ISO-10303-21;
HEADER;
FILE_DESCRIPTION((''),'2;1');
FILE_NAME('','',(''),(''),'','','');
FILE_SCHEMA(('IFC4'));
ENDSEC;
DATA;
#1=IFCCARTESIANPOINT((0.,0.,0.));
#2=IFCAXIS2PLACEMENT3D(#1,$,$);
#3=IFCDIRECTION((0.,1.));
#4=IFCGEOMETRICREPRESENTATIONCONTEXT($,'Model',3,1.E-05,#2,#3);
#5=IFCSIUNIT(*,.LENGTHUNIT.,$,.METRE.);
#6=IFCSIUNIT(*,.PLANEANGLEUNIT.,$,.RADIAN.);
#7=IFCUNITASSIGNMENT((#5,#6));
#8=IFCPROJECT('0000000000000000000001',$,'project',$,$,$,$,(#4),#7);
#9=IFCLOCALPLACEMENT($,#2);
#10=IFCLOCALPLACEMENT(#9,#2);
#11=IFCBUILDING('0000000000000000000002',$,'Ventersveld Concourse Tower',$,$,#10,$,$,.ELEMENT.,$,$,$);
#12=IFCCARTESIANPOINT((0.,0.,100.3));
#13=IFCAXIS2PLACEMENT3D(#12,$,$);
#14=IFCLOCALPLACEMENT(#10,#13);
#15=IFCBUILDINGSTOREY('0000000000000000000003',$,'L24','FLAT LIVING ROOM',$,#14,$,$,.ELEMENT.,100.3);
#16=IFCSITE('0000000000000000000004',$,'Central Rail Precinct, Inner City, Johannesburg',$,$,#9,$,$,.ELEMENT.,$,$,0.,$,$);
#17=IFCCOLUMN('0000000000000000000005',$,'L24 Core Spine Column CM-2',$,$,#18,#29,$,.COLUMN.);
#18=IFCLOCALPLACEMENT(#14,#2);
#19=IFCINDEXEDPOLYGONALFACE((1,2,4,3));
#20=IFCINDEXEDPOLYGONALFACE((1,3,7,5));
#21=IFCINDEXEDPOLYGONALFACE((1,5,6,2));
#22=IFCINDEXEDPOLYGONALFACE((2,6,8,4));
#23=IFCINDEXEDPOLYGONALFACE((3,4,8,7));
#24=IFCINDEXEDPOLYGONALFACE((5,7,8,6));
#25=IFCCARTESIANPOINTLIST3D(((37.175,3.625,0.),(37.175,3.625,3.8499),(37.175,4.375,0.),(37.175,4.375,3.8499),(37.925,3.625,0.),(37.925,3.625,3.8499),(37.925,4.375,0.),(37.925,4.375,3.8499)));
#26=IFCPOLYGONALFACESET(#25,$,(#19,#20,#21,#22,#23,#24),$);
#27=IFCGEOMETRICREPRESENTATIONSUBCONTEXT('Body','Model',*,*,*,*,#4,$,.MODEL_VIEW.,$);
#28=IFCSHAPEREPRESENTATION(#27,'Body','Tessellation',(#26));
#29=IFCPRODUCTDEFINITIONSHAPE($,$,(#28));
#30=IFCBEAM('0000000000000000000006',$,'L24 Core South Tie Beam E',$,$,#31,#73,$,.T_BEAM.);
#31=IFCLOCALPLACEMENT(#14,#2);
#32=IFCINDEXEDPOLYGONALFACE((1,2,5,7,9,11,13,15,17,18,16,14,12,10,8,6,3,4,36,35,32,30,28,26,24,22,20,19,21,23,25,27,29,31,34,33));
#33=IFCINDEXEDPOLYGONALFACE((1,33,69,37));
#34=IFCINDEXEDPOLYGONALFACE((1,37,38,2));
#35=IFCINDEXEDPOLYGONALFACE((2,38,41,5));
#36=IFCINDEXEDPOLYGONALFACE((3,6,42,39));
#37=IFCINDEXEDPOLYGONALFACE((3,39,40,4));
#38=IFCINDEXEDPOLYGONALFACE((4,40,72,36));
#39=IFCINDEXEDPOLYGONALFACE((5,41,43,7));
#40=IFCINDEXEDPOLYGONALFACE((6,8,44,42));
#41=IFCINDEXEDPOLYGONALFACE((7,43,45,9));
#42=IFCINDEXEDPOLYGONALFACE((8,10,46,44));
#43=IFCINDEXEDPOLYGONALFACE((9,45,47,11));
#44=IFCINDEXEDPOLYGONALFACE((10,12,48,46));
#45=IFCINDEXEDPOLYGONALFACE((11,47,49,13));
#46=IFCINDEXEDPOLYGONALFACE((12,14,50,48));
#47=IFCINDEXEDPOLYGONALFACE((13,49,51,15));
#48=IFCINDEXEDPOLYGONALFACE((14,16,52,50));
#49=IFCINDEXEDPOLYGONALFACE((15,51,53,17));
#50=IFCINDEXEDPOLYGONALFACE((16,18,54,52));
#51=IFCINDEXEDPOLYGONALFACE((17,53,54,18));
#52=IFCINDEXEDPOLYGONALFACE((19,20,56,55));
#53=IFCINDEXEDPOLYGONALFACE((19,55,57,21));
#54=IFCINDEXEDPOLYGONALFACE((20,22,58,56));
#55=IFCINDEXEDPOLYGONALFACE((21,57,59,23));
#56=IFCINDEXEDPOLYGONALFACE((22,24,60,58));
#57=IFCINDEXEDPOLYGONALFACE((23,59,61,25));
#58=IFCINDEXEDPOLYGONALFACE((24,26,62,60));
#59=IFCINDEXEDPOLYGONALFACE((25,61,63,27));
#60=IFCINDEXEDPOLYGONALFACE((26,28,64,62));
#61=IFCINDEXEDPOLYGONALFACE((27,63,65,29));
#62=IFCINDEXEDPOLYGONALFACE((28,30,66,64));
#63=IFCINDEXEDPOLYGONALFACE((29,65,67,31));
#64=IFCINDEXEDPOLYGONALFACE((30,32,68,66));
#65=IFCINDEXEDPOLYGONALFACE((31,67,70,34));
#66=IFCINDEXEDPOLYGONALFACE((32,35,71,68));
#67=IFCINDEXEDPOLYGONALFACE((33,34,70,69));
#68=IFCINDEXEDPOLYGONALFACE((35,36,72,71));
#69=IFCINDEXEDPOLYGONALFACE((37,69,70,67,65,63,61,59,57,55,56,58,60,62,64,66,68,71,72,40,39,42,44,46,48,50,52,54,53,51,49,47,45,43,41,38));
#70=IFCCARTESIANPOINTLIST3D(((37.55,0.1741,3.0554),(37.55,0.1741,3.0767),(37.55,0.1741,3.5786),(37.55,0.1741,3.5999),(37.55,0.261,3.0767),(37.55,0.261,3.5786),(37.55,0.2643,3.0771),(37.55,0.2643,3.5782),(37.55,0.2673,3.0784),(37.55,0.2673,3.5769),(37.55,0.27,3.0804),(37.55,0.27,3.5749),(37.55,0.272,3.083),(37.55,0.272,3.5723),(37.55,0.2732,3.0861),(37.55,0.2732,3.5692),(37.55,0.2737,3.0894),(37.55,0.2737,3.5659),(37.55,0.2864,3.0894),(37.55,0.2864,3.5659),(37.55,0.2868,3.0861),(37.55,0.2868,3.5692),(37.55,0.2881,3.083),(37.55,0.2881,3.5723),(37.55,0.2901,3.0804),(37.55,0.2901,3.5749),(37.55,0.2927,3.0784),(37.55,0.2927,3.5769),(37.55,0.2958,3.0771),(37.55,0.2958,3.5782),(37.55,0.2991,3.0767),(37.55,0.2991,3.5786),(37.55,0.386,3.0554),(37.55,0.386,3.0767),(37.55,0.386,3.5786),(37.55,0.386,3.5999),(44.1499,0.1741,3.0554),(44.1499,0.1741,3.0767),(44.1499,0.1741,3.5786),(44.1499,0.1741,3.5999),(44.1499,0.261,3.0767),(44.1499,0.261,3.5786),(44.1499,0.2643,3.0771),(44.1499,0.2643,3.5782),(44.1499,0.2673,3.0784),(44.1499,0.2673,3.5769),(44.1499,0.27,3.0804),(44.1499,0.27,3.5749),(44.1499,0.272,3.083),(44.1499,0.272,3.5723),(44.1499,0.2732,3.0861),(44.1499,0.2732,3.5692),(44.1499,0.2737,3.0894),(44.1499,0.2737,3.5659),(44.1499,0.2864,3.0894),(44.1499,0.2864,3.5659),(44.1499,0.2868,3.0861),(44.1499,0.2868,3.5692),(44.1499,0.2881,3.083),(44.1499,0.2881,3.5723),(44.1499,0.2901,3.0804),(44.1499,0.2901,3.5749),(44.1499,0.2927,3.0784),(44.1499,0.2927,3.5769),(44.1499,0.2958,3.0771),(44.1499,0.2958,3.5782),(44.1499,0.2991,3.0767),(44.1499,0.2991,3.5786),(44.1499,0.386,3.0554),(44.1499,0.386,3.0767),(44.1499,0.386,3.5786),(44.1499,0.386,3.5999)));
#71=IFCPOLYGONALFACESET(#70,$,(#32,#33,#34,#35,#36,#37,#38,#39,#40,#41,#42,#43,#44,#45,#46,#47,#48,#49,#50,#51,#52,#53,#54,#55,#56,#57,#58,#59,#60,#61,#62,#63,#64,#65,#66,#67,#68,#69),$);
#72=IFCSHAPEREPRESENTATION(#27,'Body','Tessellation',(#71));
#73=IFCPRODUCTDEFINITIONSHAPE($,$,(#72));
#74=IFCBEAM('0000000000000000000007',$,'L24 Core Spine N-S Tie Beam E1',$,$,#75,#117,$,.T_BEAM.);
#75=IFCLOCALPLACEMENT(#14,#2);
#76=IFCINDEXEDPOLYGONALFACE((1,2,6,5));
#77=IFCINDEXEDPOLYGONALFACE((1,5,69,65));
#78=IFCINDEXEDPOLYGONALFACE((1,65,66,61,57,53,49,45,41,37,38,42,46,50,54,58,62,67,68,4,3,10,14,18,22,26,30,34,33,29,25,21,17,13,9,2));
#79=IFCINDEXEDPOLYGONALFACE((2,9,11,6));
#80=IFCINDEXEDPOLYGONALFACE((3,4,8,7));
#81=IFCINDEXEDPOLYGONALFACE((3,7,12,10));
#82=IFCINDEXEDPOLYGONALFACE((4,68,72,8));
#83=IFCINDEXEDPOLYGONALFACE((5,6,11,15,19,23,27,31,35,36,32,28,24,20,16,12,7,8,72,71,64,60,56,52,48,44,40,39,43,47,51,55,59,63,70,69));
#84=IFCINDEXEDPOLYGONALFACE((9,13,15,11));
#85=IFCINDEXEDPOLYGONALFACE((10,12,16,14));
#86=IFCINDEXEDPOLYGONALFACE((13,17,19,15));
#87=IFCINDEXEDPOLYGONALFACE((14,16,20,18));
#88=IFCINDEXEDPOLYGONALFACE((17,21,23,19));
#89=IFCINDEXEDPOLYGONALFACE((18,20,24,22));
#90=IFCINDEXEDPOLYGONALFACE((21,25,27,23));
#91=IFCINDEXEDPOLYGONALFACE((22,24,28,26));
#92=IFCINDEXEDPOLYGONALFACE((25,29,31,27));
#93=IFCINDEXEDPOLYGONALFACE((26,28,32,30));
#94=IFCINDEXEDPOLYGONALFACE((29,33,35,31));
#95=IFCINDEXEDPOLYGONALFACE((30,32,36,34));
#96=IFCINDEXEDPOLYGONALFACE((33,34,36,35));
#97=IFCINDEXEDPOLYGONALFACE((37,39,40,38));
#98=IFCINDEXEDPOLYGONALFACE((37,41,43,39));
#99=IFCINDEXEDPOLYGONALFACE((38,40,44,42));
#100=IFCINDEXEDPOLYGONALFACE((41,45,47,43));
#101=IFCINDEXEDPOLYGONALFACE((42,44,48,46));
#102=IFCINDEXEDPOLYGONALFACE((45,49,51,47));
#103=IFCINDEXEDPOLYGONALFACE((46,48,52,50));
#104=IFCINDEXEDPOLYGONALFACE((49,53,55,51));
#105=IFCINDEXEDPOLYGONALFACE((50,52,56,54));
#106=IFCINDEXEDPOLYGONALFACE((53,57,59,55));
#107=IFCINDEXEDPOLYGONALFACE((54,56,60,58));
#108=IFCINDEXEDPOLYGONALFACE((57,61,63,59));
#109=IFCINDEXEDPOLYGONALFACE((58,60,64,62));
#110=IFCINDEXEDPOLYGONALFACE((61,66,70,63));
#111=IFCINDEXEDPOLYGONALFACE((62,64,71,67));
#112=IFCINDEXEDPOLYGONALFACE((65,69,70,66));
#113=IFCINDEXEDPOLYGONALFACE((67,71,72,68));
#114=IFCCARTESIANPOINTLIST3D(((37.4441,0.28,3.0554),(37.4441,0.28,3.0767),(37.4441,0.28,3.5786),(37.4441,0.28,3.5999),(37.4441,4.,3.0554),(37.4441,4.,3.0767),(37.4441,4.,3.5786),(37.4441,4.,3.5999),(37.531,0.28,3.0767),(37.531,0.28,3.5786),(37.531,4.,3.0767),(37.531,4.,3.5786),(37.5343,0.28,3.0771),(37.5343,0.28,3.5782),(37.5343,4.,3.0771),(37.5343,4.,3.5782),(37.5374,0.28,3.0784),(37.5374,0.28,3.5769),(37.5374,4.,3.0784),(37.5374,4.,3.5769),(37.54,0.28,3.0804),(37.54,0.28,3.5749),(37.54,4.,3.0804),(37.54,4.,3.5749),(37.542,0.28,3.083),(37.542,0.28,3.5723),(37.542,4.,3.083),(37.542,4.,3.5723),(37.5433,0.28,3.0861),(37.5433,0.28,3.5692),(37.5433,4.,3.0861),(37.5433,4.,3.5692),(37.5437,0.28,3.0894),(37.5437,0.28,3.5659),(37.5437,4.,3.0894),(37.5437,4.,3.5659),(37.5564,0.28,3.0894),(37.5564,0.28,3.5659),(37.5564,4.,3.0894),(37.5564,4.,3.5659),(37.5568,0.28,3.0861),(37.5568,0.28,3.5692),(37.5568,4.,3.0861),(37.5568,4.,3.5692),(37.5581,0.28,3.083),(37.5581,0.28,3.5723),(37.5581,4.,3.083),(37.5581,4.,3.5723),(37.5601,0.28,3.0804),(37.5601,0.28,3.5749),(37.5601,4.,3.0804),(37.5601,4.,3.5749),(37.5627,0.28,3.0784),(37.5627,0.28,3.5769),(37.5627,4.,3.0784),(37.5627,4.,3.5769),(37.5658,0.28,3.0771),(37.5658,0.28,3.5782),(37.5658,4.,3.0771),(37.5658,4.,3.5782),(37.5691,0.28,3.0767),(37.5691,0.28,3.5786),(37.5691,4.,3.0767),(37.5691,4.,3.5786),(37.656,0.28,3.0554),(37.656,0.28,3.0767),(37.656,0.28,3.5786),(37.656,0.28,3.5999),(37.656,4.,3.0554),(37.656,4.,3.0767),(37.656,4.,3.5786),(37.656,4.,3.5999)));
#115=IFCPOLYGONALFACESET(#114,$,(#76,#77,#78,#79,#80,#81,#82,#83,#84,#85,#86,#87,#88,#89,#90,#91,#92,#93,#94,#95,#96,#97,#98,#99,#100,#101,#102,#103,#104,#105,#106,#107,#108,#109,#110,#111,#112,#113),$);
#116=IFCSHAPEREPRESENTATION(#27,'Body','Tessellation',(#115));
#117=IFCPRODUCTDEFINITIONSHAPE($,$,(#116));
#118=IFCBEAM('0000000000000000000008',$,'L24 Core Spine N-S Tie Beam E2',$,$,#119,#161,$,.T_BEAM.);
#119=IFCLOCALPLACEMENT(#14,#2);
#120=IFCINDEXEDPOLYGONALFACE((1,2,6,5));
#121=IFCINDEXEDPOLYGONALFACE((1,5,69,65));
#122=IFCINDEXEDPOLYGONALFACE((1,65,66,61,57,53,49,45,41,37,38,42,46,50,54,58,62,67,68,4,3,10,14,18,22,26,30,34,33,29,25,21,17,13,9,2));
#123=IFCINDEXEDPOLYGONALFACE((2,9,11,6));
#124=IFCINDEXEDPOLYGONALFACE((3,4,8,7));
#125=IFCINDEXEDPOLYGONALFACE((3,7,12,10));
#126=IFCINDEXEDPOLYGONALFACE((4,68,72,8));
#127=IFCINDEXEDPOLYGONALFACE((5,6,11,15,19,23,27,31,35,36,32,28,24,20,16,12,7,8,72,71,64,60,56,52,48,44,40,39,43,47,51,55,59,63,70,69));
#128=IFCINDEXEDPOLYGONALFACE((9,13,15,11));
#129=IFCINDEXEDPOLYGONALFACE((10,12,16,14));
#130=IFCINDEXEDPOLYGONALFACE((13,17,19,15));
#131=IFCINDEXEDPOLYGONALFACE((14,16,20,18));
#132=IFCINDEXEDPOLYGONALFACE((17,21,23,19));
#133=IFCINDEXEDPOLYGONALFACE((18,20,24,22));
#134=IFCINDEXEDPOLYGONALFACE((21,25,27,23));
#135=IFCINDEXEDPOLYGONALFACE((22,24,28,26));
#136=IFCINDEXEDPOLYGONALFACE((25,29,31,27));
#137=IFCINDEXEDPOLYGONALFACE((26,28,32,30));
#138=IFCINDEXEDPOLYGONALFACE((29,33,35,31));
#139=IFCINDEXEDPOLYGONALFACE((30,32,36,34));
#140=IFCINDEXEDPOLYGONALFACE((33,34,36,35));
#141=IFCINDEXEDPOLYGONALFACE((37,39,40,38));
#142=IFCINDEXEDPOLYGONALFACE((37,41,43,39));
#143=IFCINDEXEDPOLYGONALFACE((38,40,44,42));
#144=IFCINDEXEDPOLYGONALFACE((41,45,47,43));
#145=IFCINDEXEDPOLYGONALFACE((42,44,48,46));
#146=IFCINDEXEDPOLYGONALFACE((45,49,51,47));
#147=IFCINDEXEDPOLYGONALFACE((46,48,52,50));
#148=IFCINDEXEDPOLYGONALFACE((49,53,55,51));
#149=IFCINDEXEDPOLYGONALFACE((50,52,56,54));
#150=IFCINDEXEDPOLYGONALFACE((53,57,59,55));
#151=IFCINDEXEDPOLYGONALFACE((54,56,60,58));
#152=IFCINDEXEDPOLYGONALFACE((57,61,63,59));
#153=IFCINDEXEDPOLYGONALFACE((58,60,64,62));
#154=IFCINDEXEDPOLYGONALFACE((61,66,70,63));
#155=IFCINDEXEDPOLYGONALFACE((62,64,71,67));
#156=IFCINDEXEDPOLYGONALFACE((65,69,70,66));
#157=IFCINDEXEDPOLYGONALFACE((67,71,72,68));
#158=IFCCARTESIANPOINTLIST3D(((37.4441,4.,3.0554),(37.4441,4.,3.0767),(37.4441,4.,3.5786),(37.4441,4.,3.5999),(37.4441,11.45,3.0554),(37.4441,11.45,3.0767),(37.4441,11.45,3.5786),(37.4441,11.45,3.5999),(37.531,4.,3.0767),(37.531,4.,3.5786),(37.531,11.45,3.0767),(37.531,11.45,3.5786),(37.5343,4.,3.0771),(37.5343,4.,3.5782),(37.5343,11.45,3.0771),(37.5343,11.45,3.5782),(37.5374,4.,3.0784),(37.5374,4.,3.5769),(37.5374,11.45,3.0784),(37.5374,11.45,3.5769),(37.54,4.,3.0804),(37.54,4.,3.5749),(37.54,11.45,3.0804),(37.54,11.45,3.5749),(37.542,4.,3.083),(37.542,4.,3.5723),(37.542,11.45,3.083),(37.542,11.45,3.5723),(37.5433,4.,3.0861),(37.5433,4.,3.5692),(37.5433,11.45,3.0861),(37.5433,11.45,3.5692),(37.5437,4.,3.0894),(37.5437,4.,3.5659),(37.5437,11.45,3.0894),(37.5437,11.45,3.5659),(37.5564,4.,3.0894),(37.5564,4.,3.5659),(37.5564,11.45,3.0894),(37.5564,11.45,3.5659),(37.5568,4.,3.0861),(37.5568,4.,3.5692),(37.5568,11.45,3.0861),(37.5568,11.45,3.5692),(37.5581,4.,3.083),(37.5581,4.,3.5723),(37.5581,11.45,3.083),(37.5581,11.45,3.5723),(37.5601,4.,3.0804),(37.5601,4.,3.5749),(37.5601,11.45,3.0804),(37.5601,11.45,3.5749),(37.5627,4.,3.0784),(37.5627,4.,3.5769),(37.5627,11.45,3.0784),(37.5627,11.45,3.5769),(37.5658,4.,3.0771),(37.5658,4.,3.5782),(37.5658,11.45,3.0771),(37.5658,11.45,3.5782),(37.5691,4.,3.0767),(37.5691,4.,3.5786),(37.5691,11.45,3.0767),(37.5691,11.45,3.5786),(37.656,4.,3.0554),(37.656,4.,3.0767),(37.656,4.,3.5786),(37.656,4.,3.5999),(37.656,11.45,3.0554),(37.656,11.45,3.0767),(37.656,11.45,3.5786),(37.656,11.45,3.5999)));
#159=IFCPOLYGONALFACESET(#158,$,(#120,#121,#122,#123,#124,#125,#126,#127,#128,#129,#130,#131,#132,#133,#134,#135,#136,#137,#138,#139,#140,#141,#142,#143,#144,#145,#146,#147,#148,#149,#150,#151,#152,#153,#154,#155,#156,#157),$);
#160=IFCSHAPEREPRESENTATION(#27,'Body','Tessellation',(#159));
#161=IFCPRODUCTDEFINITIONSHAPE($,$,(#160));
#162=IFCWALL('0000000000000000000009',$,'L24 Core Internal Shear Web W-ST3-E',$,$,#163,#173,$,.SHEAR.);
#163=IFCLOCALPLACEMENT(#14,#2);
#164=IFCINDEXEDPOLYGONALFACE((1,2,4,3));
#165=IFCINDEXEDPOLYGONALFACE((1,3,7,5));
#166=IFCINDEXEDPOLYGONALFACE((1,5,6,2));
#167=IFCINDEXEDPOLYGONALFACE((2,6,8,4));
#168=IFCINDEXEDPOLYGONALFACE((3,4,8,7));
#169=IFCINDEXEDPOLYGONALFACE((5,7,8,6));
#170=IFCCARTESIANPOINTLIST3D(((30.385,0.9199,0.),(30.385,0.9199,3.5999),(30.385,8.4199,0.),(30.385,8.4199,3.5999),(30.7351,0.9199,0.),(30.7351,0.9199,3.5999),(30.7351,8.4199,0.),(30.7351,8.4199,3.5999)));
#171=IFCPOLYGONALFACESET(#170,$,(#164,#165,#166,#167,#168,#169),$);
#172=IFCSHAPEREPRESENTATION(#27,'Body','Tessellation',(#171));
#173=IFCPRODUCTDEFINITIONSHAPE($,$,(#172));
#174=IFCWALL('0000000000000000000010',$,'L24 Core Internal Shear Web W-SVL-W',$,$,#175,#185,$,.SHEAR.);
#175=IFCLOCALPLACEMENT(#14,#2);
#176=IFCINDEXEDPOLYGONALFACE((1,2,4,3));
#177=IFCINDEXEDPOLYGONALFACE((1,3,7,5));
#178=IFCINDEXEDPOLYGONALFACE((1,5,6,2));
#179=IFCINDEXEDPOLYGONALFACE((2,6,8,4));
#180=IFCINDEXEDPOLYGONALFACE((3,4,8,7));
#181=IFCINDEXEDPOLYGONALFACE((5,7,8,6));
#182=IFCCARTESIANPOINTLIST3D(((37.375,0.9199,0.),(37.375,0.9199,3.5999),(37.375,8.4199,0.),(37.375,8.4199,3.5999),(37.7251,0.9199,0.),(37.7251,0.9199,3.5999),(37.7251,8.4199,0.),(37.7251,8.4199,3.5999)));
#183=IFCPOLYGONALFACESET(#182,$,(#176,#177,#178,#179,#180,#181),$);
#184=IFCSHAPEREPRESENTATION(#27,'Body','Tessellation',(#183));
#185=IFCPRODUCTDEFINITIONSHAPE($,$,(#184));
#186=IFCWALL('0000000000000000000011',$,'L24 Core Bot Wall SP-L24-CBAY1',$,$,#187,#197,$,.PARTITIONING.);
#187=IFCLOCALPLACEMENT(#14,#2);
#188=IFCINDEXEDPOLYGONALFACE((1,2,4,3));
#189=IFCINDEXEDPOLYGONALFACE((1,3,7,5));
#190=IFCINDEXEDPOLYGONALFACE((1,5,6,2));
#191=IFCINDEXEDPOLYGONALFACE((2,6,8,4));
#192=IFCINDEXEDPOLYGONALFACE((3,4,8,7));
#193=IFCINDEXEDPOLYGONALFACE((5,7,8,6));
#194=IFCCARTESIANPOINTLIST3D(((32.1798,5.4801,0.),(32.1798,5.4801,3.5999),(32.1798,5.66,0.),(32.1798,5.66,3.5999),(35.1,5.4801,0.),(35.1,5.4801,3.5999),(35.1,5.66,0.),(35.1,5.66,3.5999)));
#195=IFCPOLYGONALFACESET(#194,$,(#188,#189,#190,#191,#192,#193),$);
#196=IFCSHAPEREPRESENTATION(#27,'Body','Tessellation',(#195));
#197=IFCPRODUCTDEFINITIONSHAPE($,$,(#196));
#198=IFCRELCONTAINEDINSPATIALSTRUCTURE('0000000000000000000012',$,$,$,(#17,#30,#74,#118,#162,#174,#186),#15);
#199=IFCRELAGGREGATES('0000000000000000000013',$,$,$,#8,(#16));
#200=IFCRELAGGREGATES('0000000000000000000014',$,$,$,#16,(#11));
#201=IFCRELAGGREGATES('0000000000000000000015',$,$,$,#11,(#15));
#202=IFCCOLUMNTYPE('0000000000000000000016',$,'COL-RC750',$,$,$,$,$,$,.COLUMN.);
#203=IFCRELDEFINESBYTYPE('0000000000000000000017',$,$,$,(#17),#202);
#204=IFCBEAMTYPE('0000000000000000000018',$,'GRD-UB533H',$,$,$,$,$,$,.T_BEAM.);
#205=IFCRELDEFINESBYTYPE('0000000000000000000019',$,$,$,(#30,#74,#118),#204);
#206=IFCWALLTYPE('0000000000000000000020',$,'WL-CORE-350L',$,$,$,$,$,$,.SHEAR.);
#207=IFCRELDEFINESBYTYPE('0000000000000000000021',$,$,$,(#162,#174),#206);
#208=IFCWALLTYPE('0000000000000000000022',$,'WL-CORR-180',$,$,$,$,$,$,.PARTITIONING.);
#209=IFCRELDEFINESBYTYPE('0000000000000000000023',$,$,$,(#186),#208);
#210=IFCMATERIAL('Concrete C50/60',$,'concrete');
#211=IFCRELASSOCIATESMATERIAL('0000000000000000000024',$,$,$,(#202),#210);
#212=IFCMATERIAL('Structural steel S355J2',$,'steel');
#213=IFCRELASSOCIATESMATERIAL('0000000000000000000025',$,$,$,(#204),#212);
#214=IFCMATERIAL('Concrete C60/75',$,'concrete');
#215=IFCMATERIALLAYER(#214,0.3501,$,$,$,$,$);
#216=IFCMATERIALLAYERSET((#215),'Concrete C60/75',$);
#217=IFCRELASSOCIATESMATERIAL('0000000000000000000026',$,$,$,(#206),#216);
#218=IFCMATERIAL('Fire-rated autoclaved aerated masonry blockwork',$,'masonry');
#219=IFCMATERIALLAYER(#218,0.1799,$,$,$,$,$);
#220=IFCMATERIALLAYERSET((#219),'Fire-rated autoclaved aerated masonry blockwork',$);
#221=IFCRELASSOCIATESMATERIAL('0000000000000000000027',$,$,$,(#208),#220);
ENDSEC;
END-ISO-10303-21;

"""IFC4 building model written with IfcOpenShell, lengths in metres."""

from ifc_helpers import new_model, si_unit, direction, frame, frame_2d, origin, origin_2d, place, context, subcontext, project, spatial, rectangle, i_section, extrude, material, layer, layer_set, material_profile, profile_set, type_object, element, save


model = new_model("IFC4")

# Units and contexts
model_context = context("Model", 3, precision=1e-05, world=origin(), true_north=direction((0.0, 1.0)))
body_context = subcontext(model_context, "Body", "Model", "MODEL_VIEW")
ifc_project = project(units=[si_unit("LENGTHUNIT", "METRE"), si_unit("PLANEANGLEUNIT", "RADIAN")], contexts=[model_context])

# Site, building, storey
site_placement = place(None, origin())
site = spatial("IfcSite", under=ifc_project, at=site_placement, Name="Central Rail Precinct, Inner City, Johannesburg", CompositionType="ELEMENT", RefElevation=0.0)
building_placement = place(site_placement, origin())
building = spatial("IfcBuilding", under=site, at=building_placement, Name="Ventersveld Concourse Tower", CompositionType="ELEMENT")
storey_placement = place(building_placement, frame((0.0, 0.0, 100.3)))
storey = spatial("IfcBuildingStorey", under=building, at=storey_placement, Name="L24", Description="FLAT LIVING ROOM", CompositionType="ELEMENT", Elevation=100.3)

# Column
ifc_material_1 = material(Name="Concrete C50/60", Category="concrete")
ifc_material_profile_1 = material_profile(ifc_material_1, rectangle(XDim=0.75, YDim=0.75, at=origin_2d()), Name="RC 750x750")
ifc_profile_set_1 = profile_set([ifc_material_profile_1], Name="Concrete C50/60")
column_type = type_object("IfcColumnType", Name="COL-RC750", PredefinedType="COLUMN", material=ifc_profile_set_1)
column_placement = place(storey_placement, frame((37.55, 4.0, 0.0), z_axis=(0.0, 0.0, 1.0), x_axis=(1.0, 0.0, 0.0)))
element("IfcColumn", 1, at=column_placement, inside=storey, type_object=column_type, Name="L24 Core Spine Column CM-2", PredefinedType="COLUMN", context=body_context, shape_type="SweptSolid", body=[
    extrude(rectangle(XDim=0.75, YDim=0.75, at=origin_2d()), origin(), (0.0, 0.0, 1.0), 3.8499),
])

# Beams
ifc_material_2 = material(Name="Structural steel S355J2", Category="steel")
ifc_material_profile_2 = material_profile(ifc_material_2, i_section(OverallWidth=0.2119, OverallDepth=0.5444, WebThickness=0.0127, FlangeThickness=0.0212, FilletRadius=0.0127, at=origin_2d()), Name="UB 533x210x122")
ifc_profile_set_2 = profile_set([ifc_material_profile_2], Name="Structural steel S355J2")
beam_type = type_object("IfcBeamType", Name="GRD-UB533H", PredefinedType="T_BEAM", material=ifc_profile_set_2)
beam_1_placement = place(storey_placement, frame((37.55, 0.28, 3.3276), z_axis=(1.0, 0.0, 0.0), x_axis=(0.0, 1.0, 0.0)))
element("IfcBeam", 2, at=beam_1_placement, inside=storey, type_object=beam_type, Name="L24 Core South Tie Beam E", PredefinedType="T_BEAM", context=body_context, shape_type="SweptSolid", body=[
    extrude(i_section(OverallWidth=0.2119, OverallDepth=0.5444, WebThickness=0.0127, FlangeThickness=0.0212, FilletRadius=0.0127, at=origin_2d()), origin(), (0.0, 0.0, 1.0), 6.5999),
])
beam_2_placement = place(storey_placement, frame((37.55, 0.28, 3.3276), z_axis=(0.0, 1.0, 0.0), x_axis=(-1.0, 0.0, 0.0)))
element("IfcBeam", 3, at=beam_2_placement, inside=storey, type_object=beam_type, Name="L24 Core Spine N-S Tie Beam E1", PredefinedType="T_BEAM", context=body_context, shape_type="SweptSolid", body=[
    extrude(i_section(OverallWidth=0.2119, OverallDepth=0.5444, WebThickness=0.0127, FlangeThickness=0.0212, FilletRadius=0.0127, at=origin_2d()), origin(), (0.0, 0.0, 1.0), 3.72),
])
beam_3_placement = place(storey_placement, frame((37.55, 4.0, 3.3276), z_axis=(0.0, 1.0, 0.0), x_axis=(-1.0, 0.0, 0.0)))
element("IfcBeam", 4, at=beam_3_placement, inside=storey, type_object=beam_type, Name="L24 Core Spine N-S Tie Beam E2", PredefinedType="T_BEAM", context=body_context, shape_type="SweptSolid", body=[
    extrude(i_section(OverallWidth=0.2119, OverallDepth=0.5444, WebThickness=0.0127, FlangeThickness=0.0212, FilletRadius=0.0127, at=origin_2d()), origin(), (0.0, 0.0, 1.0), 7.45),
])

# Walls
ifc_material_3 = material(Name="Concrete C60/75", Category="concrete")
ifc_layer_1 = layer(ifc_material_3, 0.3501)
ifc_layer_set_1 = layer_set([ifc_layer_1], Name="Concrete C60/75")
wall_type_1 = type_object("IfcWallType", Name="WL-CORE-350L", PredefinedType="SHEAR", material=ifc_layer_set_1)
for number, where, z_axis, x_axis, name in (
    (5, (30.5601, 0.9199, 0.0), (0.0, 0.0, 1.0), (0.0, 1.0, 0.0), "L24 Core Internal Shear Web W-ST3-E"),
    (6, (37.55, 0.9199, 0.0), (0.0, 0.0, 1.0), (0.0, 1.0, 0.0), "L24 Core Internal Shear Web W-SVL-W"),
):
    element("IfcWall", number, at=place(storey_placement, frame(where, z_axis=z_axis, x_axis=x_axis)), inside=storey, type_object=wall_type_1, Name=name, PredefinedType="SHEAR", context=body_context, shape_type="SweptSolid", body=[
        extrude(rectangle(XDim=7.5, YDim=0.3501, at=frame_2d((3.75, 0.0))), origin(), (0.0, 0.0, 1.0), 3.5999),
    ])
ifc_material_4 = material(Name="Fire-rated autoclaved aerated masonry blockwork", Category="masonry")
ifc_layer_2 = layer(ifc_material_4, 0.1799)
ifc_layer_set_2 = layer_set([ifc_layer_2], Name="Fire-rated autoclaved aerated masonry blockwork")
wall_type_2 = type_object("IfcWallType", Name="WL-CORR-180", PredefinedType="PARTITIONING", material=ifc_layer_set_2)
wall_1_placement = place(storey_placement, frame((32.1799, 5.5701, 0.0), z_axis=(0.0, 0.0, 1.0), x_axis=(1.0, 0.0, 0.0)))
element("IfcWall", 7, at=wall_1_placement, inside=storey, type_object=wall_type_2, Name="L24 Core Bot Wall SP-L24-CBAY1", PredefinedType="PARTITIONING", context=body_context, shape_type="SweptSolid", body=[
    extrude(rectangle(XDim=2.9202, YDim=0.1799, at=frame_2d((1.46, 0.0))), origin(), (0.0, 0.0, 1.0), 3.5999),
])

save(model, "model.ifc")
